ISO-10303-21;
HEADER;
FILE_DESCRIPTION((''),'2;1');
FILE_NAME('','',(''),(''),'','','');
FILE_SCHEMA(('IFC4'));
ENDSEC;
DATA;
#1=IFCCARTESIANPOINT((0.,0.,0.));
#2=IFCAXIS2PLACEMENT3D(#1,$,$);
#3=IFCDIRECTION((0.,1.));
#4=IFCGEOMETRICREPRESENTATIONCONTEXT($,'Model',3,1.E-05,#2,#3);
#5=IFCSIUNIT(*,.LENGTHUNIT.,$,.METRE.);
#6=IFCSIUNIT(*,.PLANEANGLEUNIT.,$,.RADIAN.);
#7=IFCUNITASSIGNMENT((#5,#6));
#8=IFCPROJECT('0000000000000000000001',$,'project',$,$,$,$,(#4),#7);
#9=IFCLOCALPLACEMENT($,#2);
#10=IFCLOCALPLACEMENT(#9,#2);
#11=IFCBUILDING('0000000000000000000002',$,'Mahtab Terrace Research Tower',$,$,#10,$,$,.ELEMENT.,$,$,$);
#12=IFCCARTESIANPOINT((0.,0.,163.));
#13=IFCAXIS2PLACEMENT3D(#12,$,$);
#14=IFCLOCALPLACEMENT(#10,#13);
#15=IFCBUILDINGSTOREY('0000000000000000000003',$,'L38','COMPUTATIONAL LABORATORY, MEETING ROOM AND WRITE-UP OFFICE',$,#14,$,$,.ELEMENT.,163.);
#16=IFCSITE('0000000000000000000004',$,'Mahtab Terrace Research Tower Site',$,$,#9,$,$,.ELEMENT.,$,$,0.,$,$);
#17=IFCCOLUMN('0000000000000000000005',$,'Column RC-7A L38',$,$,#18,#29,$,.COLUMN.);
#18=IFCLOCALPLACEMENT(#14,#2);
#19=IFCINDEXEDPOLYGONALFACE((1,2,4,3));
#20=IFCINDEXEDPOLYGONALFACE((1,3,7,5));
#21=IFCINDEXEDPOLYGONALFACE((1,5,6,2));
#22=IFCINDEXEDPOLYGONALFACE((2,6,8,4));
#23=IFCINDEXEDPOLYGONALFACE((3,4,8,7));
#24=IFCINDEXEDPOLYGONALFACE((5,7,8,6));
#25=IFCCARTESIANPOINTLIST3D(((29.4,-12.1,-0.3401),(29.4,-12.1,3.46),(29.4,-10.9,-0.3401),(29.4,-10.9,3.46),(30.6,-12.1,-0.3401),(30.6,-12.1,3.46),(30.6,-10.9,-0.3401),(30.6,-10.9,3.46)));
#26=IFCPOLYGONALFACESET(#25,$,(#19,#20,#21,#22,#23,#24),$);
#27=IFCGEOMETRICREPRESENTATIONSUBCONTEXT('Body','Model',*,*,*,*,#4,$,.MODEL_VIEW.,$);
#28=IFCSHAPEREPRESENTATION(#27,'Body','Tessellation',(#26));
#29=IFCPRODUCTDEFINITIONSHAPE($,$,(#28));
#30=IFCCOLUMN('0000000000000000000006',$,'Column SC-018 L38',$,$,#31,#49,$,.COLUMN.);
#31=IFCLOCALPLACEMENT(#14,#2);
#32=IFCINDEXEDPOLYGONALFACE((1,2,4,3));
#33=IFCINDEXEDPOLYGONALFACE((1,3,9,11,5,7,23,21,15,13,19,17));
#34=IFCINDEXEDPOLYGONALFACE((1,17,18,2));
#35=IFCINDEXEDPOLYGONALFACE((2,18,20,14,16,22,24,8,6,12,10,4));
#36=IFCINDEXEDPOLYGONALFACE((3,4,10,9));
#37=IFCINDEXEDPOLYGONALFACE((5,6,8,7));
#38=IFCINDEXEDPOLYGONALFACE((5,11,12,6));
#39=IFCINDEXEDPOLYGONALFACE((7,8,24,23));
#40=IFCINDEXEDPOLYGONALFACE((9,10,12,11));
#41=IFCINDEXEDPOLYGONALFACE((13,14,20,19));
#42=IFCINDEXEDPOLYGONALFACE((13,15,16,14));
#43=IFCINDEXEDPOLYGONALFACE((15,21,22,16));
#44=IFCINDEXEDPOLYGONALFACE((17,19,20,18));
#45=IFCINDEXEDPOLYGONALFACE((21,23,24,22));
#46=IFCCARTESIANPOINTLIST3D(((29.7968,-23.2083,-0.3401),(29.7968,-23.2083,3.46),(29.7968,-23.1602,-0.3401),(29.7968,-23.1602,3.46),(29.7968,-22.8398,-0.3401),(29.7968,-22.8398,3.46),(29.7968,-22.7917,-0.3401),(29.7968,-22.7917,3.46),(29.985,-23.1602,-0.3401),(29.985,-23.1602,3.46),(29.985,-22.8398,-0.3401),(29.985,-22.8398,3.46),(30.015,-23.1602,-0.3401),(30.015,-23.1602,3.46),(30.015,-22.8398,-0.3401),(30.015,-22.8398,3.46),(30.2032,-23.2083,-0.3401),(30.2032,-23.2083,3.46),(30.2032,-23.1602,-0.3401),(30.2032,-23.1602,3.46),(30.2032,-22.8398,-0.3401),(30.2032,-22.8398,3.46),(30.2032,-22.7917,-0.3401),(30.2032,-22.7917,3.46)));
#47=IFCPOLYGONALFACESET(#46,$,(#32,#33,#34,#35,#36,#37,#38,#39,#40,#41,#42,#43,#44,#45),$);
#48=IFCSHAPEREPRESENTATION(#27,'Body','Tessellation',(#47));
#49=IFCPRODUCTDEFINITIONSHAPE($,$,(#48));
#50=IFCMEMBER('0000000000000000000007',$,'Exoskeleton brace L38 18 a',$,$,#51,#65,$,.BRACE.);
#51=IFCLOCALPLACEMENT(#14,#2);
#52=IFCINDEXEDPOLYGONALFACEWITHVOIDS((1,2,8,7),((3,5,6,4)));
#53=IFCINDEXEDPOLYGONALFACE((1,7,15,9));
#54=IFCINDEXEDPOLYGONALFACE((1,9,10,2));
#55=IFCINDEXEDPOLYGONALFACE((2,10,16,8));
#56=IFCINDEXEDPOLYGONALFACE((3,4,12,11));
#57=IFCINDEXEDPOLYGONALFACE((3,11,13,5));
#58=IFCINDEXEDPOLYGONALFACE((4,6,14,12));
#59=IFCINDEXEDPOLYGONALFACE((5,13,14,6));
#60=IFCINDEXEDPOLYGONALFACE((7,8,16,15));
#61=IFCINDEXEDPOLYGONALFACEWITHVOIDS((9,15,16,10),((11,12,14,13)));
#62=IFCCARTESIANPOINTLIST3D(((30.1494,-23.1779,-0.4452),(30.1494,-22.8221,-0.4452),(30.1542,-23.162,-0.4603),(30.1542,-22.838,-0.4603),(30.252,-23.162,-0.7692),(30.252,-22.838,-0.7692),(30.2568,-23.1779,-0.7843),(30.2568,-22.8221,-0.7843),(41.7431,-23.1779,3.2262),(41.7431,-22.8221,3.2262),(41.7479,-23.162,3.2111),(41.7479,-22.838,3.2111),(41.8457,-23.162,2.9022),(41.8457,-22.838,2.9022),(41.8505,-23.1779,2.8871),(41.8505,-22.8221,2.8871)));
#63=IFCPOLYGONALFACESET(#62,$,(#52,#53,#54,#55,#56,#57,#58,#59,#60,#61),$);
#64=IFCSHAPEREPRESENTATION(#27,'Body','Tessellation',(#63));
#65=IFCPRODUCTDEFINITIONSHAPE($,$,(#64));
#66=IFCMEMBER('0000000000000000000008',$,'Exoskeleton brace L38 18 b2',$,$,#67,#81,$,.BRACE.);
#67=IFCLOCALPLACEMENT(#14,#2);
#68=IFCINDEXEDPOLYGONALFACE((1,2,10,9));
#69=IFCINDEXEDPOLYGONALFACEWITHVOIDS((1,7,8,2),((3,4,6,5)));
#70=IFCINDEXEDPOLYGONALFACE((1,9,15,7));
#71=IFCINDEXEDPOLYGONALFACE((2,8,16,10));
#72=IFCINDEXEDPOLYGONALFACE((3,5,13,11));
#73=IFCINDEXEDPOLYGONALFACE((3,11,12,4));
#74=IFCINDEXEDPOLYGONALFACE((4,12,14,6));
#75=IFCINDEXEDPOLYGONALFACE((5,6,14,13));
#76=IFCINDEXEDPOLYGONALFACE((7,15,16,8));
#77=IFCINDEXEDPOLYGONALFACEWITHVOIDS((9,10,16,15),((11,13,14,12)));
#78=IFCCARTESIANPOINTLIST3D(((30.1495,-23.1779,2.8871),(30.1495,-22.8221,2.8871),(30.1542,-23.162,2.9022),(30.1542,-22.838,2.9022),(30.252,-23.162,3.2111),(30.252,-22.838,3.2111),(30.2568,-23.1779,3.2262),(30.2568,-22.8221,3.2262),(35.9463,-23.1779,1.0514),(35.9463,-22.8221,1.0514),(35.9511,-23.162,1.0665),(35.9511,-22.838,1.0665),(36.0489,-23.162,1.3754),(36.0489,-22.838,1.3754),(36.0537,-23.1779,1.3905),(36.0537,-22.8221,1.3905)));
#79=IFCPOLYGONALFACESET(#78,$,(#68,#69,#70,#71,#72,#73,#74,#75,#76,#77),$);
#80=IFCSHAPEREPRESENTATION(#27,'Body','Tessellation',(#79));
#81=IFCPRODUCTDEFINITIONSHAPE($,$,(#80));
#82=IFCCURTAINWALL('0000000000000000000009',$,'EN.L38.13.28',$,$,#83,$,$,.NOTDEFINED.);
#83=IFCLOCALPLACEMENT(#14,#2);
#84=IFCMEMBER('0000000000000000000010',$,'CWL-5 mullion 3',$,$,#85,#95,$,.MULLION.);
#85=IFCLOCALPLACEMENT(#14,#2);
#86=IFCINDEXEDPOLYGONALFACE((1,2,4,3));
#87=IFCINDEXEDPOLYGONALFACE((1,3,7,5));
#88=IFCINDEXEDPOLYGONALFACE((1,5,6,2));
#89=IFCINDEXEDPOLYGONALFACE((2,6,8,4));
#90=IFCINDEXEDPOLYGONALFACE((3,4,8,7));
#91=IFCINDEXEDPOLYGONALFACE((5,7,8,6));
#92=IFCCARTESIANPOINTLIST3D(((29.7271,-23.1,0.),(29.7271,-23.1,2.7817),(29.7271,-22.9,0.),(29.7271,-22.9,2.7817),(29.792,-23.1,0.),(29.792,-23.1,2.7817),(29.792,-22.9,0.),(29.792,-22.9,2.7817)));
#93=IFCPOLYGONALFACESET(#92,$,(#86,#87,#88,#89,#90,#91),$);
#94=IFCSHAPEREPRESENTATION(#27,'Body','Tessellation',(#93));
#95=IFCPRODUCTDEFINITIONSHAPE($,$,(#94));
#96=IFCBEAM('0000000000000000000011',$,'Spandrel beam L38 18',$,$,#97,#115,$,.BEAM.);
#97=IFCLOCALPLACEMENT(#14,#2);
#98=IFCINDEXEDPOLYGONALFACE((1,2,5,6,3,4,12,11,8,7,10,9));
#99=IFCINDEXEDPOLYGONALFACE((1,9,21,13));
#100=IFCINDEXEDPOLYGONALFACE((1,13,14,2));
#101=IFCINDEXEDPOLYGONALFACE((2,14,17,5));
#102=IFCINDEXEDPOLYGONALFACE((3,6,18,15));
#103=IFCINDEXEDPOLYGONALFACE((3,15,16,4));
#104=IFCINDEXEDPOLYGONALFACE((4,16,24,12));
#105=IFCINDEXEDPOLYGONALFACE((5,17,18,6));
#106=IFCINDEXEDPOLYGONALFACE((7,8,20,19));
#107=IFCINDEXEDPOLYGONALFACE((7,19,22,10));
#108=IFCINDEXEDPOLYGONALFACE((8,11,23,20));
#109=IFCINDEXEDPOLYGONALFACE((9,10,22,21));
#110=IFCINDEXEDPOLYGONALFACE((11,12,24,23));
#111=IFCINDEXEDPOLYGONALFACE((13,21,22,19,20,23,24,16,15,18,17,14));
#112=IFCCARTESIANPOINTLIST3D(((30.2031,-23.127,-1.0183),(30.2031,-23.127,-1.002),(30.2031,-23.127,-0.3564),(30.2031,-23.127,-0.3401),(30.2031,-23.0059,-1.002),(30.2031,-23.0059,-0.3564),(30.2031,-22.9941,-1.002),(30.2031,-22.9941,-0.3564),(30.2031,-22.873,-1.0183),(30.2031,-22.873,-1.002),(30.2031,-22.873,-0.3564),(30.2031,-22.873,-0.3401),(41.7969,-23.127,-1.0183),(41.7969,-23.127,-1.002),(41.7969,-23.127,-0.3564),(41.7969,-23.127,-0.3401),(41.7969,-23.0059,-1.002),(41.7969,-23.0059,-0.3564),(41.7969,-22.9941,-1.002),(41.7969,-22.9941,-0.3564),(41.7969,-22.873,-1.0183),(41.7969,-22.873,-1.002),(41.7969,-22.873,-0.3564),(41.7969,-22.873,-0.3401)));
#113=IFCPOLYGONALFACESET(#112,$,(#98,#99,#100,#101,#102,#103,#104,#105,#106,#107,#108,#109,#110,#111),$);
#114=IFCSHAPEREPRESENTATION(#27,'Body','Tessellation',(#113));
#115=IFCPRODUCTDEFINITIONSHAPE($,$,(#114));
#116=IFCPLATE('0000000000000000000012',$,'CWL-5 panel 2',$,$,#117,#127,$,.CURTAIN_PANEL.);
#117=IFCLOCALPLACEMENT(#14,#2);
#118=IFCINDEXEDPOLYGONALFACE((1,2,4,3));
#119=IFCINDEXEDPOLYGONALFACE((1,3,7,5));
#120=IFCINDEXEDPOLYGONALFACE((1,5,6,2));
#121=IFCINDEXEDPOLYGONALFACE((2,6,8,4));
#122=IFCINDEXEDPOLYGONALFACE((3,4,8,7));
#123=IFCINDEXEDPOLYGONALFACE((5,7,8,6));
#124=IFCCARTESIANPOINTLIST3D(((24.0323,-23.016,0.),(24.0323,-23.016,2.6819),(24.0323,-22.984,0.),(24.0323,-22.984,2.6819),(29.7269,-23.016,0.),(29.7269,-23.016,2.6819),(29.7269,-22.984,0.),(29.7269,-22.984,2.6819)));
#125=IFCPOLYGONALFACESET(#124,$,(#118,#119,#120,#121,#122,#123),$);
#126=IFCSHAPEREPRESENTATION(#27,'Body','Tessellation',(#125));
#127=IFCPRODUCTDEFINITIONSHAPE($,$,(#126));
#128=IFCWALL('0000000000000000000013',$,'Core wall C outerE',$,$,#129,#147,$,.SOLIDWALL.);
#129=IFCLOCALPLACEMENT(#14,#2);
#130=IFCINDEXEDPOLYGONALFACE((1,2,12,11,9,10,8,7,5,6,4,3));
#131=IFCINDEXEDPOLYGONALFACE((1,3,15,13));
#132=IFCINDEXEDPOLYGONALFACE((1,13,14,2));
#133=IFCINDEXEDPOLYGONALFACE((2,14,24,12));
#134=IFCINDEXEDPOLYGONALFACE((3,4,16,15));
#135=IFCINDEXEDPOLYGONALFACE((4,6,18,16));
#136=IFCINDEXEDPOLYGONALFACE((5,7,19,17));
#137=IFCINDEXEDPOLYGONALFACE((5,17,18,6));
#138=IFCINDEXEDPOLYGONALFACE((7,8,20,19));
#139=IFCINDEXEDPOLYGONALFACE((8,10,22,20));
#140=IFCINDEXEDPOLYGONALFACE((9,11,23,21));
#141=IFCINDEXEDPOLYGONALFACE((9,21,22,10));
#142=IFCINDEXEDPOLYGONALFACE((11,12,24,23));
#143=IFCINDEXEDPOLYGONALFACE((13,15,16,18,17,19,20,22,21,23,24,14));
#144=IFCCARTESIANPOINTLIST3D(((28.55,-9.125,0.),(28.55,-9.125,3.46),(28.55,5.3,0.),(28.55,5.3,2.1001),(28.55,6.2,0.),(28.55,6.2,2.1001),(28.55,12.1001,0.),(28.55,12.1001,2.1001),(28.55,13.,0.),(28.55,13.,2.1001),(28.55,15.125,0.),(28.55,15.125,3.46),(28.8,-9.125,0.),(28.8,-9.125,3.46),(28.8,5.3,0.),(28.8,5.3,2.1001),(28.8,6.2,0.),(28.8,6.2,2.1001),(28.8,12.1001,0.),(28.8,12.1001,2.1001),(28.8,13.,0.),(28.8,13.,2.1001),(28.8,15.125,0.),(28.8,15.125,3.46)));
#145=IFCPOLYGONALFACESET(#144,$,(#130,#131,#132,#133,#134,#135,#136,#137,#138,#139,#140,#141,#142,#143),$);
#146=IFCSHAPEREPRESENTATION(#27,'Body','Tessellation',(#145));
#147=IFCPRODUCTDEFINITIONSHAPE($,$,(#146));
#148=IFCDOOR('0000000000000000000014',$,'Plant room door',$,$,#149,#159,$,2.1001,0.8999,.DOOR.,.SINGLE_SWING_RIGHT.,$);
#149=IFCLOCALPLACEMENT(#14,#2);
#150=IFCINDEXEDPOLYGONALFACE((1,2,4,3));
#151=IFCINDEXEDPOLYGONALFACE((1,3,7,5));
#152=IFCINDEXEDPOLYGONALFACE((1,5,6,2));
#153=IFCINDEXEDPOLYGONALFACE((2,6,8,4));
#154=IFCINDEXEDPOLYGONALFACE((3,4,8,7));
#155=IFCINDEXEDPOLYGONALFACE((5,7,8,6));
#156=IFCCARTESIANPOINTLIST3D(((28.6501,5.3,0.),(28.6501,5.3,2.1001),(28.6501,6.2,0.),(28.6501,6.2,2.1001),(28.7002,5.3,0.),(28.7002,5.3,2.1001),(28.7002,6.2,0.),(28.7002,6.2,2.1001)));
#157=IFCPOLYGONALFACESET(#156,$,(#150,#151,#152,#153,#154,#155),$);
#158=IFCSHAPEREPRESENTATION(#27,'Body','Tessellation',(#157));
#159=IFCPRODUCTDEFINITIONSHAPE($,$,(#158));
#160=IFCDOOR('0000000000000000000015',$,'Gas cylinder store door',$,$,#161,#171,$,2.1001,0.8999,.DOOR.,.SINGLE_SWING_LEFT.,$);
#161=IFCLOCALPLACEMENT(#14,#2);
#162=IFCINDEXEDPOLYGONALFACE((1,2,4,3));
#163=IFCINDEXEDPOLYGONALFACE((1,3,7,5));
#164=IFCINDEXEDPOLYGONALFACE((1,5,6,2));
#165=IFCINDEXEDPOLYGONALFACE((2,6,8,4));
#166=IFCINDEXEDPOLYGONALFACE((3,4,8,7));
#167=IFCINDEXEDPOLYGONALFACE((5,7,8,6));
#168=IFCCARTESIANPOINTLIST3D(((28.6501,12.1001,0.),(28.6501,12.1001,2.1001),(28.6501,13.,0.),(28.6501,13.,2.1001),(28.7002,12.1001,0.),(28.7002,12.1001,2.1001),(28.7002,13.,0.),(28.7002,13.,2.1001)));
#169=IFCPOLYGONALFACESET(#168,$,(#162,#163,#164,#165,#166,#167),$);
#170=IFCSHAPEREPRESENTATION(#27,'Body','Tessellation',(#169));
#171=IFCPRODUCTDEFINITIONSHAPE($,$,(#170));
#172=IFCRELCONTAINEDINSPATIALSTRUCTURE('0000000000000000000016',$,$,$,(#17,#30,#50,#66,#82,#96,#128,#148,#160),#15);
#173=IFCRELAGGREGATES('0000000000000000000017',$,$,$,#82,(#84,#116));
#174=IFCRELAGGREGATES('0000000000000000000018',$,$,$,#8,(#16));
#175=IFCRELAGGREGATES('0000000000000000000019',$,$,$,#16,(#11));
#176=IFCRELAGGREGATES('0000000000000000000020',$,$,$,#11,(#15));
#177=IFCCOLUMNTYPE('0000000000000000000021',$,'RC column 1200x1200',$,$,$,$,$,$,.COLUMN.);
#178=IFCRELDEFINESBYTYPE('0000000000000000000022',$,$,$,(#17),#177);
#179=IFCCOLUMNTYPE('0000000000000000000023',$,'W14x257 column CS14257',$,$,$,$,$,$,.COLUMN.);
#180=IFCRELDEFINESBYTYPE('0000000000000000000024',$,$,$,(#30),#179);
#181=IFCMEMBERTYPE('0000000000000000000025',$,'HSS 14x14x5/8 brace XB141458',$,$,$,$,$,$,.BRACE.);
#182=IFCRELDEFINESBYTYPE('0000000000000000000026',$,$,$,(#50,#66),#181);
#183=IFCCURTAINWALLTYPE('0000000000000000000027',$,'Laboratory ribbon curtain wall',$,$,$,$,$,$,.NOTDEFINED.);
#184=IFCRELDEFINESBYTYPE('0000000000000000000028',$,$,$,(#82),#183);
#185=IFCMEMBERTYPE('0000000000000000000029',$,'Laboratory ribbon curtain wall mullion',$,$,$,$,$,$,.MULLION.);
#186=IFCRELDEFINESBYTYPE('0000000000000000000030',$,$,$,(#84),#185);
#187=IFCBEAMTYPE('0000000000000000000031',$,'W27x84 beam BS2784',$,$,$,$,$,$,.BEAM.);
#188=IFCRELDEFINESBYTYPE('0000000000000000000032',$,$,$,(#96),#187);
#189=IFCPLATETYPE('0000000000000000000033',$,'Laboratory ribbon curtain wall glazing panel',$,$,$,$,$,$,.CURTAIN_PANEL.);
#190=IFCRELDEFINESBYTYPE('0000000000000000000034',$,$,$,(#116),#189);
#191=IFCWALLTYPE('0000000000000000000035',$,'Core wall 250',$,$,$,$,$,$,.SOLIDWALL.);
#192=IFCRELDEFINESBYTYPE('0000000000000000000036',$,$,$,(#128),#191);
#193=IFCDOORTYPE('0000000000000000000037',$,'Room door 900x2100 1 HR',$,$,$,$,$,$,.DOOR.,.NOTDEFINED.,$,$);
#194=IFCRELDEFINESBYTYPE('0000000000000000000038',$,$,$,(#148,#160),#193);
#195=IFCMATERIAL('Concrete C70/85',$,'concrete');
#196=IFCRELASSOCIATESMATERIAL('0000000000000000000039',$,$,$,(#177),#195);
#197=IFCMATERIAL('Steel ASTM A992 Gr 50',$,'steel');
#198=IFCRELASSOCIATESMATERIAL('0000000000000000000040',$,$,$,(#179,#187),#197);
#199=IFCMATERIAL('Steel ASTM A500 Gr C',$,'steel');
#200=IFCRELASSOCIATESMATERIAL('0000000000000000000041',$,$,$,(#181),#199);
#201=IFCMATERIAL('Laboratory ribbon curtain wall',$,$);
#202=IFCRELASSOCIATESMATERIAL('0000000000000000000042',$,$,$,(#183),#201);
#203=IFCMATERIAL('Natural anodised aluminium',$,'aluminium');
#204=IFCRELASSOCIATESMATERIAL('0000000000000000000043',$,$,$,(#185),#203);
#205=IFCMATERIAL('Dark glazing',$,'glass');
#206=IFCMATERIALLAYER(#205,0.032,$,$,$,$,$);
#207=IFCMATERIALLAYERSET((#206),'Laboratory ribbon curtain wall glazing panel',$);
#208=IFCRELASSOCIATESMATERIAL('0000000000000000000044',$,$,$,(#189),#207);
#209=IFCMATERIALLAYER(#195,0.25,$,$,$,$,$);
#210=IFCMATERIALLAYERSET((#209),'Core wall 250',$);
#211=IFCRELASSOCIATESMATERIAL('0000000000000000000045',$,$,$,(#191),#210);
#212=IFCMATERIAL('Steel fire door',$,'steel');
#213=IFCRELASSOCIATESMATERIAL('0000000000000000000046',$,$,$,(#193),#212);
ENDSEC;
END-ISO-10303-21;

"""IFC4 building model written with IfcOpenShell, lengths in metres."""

from ifc_helpers import new_model, si_unit, direction, frame, frame_2d, origin, origin_2d, place, context, subcontext, project, spatial, rectangle, hollow_rectangle, i_section, extrude, material, layer, layer_set, material_profile, profile_set, type_object, element, fill, aggregate, save


model = new_model("IFC4")

# Units and contexts
model_context = context("Model", 3, precision=1e-05, world=origin(), true_north=direction((0.0, 1.0)))
body_context = subcontext(model_context, "Body", "Model", "MODEL_VIEW")
ifc_project = project(units=[si_unit("LENGTHUNIT", "METRE"), si_unit("PLANEANGLEUNIT", "RADIAN")], contexts=[model_context])

# Site, building, storey
site_placement = place(None, origin())
site = spatial("IfcSite", under=ifc_project, at=site_placement, Name="Mahtab Terrace Research Tower Site", CompositionType="ELEMENT", RefElevation=0.0)
building_placement = place(site_placement, origin())
building = spatial("IfcBuilding", under=site, at=building_placement, Name="Mahtab Terrace Research Tower", CompositionType="ELEMENT")
storey_placement = place(building_placement, frame((0.0, 0.0, 163.0)))
storey = spatial("IfcBuildingStorey", under=building, at=storey_placement, Name="L38", Description="COMPUTATIONAL LABORATORY, MEETING ROOM AND WRITE-UP OFFICE", CompositionType="ELEMENT", Elevation=163.0)

# Columns
ifc_material_1 = material(Name="Concrete C70/85", Category="concrete")
ifc_material_profile_1 = material_profile(ifc_material_1, rectangle(XDim=1.2, YDim=1.2, at=origin_2d()), Name="RC column 1200x1200")
ifc_profile_set_1 = profile_set([ifc_material_profile_1], Name="Concrete C70/85")
column_type_1 = type_object("IfcColumnType", Name="RC column 1200x1200", PredefinedType="COLUMN", material=ifc_profile_set_1)
column_1_placement = place(storey_placement, frame((30.0, -11.5, -0.3401), z_axis=(0.0, 0.0, 1.0), x_axis=(1.0, 0.0, 0.0)))
element("IfcColumn", 1, at=column_1_placement, inside=storey, type_object=column_type_1, Name="Column RC-7A L38", PredefinedType="COLUMN", context=body_context, shape_type="SweptSolid", body=[
    extrude(rectangle(XDim=1.2, YDim=1.2, at=origin_2d()), origin(), (0.0, 0.0, 1.0), 3.8),
])
ifc_material_2 = material(Name="Steel ASTM A992 Gr 50", Category="steel")
ifc_material_profile_2 = material_profile(ifc_material_2, i_section(OverallWidth=0.4065, OverallDepth=0.4165, WebThickness=0.03, FlangeThickness=0.0481, at=origin_2d()), Name="W14X257")
ifc_profile_set_2 = profile_set([ifc_material_profile_2], Name="Steel ASTM A992 Gr 50")
column_type_2 = type_object("IfcColumnType", Name="W14x257 column CS14257", PredefinedType="COLUMN", material=ifc_profile_set_2)
column_2_placement = place(storey_placement, frame((30.0, -23.0, -0.3401), z_axis=(0.0, 0.0, 1.0), x_axis=(1.0, 0.0, 0.0)))
element("IfcColumn", 2, at=column_2_placement, inside=storey, type_object=column_type_2, Name="Column SC-018 L38", PredefinedType="COLUMN", context=body_context, shape_type="SweptSolid", body=[
    extrude(i_section(OverallWidth=0.4065, OverallDepth=0.4165, WebThickness=0.03, FlangeThickness=0.0481, at=origin_2d()), origin(), (0.0, 0.0, 1.0), 3.8),
])

# Members
ifc_material_3 = material(Name="Steel ASTM A500 Gr C", Category="steel")
ifc_material_profile_3 = material_profile(ifc_material_3, hollow_rectangle(XDim=0.3557, YDim=0.3557, WallThickness=0.0159, at=origin_2d()), Name="HSS14X14X5/8")
ifc_profile_set_3 = profile_set([ifc_material_profile_3], Name="Steel ASTM A500 Gr C")
member_type_1 = type_object("IfcMemberType", Name="HSS 14x14x5/8 brace XB141458", PredefinedType="BRACE", material=ifc_profile_set_3)
member_1_placement = place(storey_placement, frame((30.2031, -23.0, -0.6147), z_axis=(0.953341, 0.0, 0.301894), x_axis=(0.0, 1.0, 0.0)))
element("IfcMember", 3, at=member_1_placement, inside=storey, type_object=member_type_1, Name="Exoskeleton brace L38 18 a", PredefinedType="BRACE", context=body_context, shape_type="SweptSolid", body=[
    extrude(hollow_rectangle(XDim=0.3557, YDim=0.3557, WallThickness=0.0159, at=origin_2d()), origin(), (0.0, 0.0, 1.0), 12.1611),
])
member_2_placement = place(storey_placement, frame((36.0, -23.0, 1.2209), z_axis=(-0.953341, 0.0, 0.301894), x_axis=(0.0, -1.0, 0.0)))
element("IfcMember", 4, at=member_2_placement, inside=storey, type_object=member_type_1, Name="Exoskeleton brace L38 18 b2", PredefinedType="BRACE", context=body_context, shape_type="SweptSolid", body=[
    extrude(hollow_rectangle(XDim=0.3557, YDim=0.3557, WallThickness=0.0159, at=origin_2d()), origin(), (0.0, 0.0, 1.0), 6.0806),
])

# Curtain wall, member
ifc_material_4 = material(Name="Laboratory ribbon curtain wall")
curtain_wall_type = type_object("IfcCurtainWallType", Name="Laboratory ribbon curtain wall", PredefinedType="NOTDEFINED", material=ifc_material_4)
curtain_wall_placement = place(storey_placement, origin())
curtain_wall = element("IfcCurtainWall", 5, at=curtain_wall_placement, inside=storey, type_object=curtain_wall_type, Name="EN.L38.13.28", PredefinedType="NOTDEFINED")
ifc_material_5 = material(Name="Natural anodised aluminium", Category="aluminium")
ifc_material_profile_4 = material_profile(ifc_material_5, rectangle(XDim=0.2, YDim=0.0649, at=origin_2d()), Name="MULLION 65x200")
ifc_profile_set_4 = profile_set([ifc_material_profile_4], Name="Natural anodised aluminium")
member_type_2 = type_object("IfcMemberType", Name="Laboratory ribbon curtain wall mullion", PredefinedType="MULLION", material=ifc_profile_set_4)
member_3_placement = place(storey_placement, frame((29.7595, -23.0, 0.0), z_axis=(0.0, 0.0, 1.0), x_axis=(0.0, 1.0, 0.0)))
member_3 = element("IfcMember", 6, at=member_3_placement, type_object=member_type_2, Name="CWL-5 mullion 3", PredefinedType="MULLION", context=body_context, shape_type="SweptSolid", body=[
    extrude(rectangle(XDim=0.2, YDim=0.0649, at=origin_2d()), origin(), (0.0, 0.0, 1.0), 2.7817),
])

# Beam
ifc_material_profile_5 = material_profile(ifc_material_2, i_section(OverallWidth=0.2539, OverallDepth=0.6782, WebThickness=0.0117, FlangeThickness=0.0164, at=origin_2d()), Name="W27X84")
ifc_profile_set_5 = profile_set([ifc_material_profile_5], Name="Steel ASTM A992 Gr 50")
beam_type = type_object("IfcBeamType", Name="W27x84 beam BS2784", PredefinedType="BEAM", material=ifc_profile_set_5)
beam_placement = place(storey_placement, frame((30.2031, -23.0, -0.6792), z_axis=(1.0, 0.0, 0.0), x_axis=(0.0, 1.0, 0.0)))
element("IfcBeam", 7, at=beam_placement, inside=storey, type_object=beam_type, Name="Spandrel beam L38 18", PredefinedType="BEAM", context=body_context, shape_type="SweptSolid", body=[
    extrude(i_section(OverallWidth=0.2539, OverallDepth=0.6782, WebThickness=0.0117, FlangeThickness=0.0164, at=origin_2d()), origin(), (0.0, 0.0, 1.0), 11.5938),
])

# Plate
ifc_material_6 = material(Name="Dark glazing", Category="glass")
ifc_layer_1 = layer(ifc_material_6, 0.032)
ifc_layer_set_1 = layer_set([ifc_layer_1], Name="Laboratory ribbon curtain wall glazing panel")
plate_type = type_object("IfcPlateType", Name="Laboratory ribbon curtain wall glazing panel", PredefinedType="CURTAIN_PANEL", material=ifc_layer_set_1)
plate_placement = place(storey_placement, frame((26.8796, -23.0, 0.0), z_axis=(0.0, 0.0, 1.0), x_axis=(1.0, 0.0, 0.0)))
plate = element("IfcPlate", 8, at=plate_placement, type_object=plate_type, Name="CWL-5 panel 2", PredefinedType="CURTAIN_PANEL", context=body_context, shape_type="SweptSolid", body=[
    extrude(rectangle(XDim=5.6946, YDim=0.032, at=origin_2d()), origin(), (0.0, 0.0, 1.0), 2.6819),
])
aggregate(curtain_wall, [member_3, plate])

# Wall, openings, doors
ifc_layer_2 = layer(ifc_material_1, 0.25)
ifc_layer_set_2 = layer_set([ifc_layer_2], Name="Core wall 250")
wall_type_1 = type_object("IfcWallType", Name="Core wall 250", PredefinedType="SOLIDWALL", material=ifc_layer_set_2)
wall_1_placement = place(storey_placement, frame((28.675, -9.125, 0.0), z_axis=(0.0, 0.0, 1.0), x_axis=(0.0, 1.0, 0.0)))
wall_1 = element("IfcWall", 9, at=wall_1_placement, inside=storey, type_object=wall_type_1, Name="Core wall C outerE", PredefinedType="SOLIDWALL", context=body_context, shape_type="SweptSolid", body=[
    extrude(rectangle(XDim=24.25, YDim=0.25, at=frame_2d((12.125, 0.0))), origin(), (0.0, 0.0, 1.0), 3.46),
])
opening_1_placement = place(wall_1_placement, frame((14.425, 0.0, 0.0)))
opening_1 = element("IfcOpeningElement", 10, at=opening_1_placement, cuts=wall_1, PredefinedType="OPENING", context=body_context, shape_type="SweptSolid", body=[
    extrude(rectangle(XDim=0.8999, YDim=2.1001, at=frame_2d((0.45, 1.05))), frame((0.0, 0.135, 0.0), z_axis=(0.0, -1.0, 0.0), x_axis=(1.0, 0.0, 0.0)), (0.0, 0.0, 1.0), 0.27),
])
opening_2_placement = place(wall_1_placement, frame((21.2251, 0.0, 0.0)))
opening_2 = element("IfcOpeningElement", 11, at=opening_2_placement, cuts=wall_1, PredefinedType="OPENING", context=body_context, shape_type="SweptSolid", body=[
    extrude(rectangle(XDim=0.8999, YDim=2.1001, at=frame_2d((0.45, 1.05))), frame((0.0, 0.135, 0.0), z_axis=(0.0, -1.0, 0.0), x_axis=(1.0, 0.0, 0.0)), (0.0, 0.0, 1.0), 0.27),
])
ifc_material_7 = material(Name="Steel fire door", Category="steel")
door_type_1 = type_object("IfcDoorType", Name="Room door 900x2100 1 HR", OperationType="NOTDEFINED", PredefinedType="DOOR", material=ifc_material_7)
door_1_placement = place(opening_1_placement, origin())
door_1 = element("IfcDoor", 12, at=door_1_placement, inside=storey, type_object=door_type_1, Name="Plant room door", OperationType="SINGLE_SWING_RIGHT", OverallHeight=2.1001, OverallWidth=0.8999, PredefinedType="DOOR", context=body_context, shape_type="SweptSolid", body=[
    extrude(rectangle(XDim=0.8999, YDim=2.1001, at=frame_2d((0.45, 1.05))), frame((0.0, 0.0249, 0.0), z_axis=(0.0, -1.0, 0.0), x_axis=(1.0, 0.0, 0.0)), (0.0, 0.0, 1.0), 0.05),
])
fill(opening_1, door_1)
door_2_placement = place(opening_2_placement, origin())
door_2 = element("IfcDoor", 13, at=door_2_placement, inside=storey, type_object=door_type_1, Name="Gas cylinder store door", OperationType="SINGLE_SWING_LEFT", OverallHeight=2.1001, OverallWidth=0.8999, PredefinedType="DOOR", context=body_context, shape_type="SweptSolid", body=[
    extrude(rectangle(XDim=0.8999, YDim=2.1001, at=frame_2d((0.45, 1.05))), frame((0.0, 0.0249, 0.0), z_axis=(0.0, -1.0, 0.0), x_axis=(1.0, 0.0, 0.0)), (0.0, 0.0, 1.0), 0.05),
])
fill(opening_2, door_2)

save(model, "model.ifc")
